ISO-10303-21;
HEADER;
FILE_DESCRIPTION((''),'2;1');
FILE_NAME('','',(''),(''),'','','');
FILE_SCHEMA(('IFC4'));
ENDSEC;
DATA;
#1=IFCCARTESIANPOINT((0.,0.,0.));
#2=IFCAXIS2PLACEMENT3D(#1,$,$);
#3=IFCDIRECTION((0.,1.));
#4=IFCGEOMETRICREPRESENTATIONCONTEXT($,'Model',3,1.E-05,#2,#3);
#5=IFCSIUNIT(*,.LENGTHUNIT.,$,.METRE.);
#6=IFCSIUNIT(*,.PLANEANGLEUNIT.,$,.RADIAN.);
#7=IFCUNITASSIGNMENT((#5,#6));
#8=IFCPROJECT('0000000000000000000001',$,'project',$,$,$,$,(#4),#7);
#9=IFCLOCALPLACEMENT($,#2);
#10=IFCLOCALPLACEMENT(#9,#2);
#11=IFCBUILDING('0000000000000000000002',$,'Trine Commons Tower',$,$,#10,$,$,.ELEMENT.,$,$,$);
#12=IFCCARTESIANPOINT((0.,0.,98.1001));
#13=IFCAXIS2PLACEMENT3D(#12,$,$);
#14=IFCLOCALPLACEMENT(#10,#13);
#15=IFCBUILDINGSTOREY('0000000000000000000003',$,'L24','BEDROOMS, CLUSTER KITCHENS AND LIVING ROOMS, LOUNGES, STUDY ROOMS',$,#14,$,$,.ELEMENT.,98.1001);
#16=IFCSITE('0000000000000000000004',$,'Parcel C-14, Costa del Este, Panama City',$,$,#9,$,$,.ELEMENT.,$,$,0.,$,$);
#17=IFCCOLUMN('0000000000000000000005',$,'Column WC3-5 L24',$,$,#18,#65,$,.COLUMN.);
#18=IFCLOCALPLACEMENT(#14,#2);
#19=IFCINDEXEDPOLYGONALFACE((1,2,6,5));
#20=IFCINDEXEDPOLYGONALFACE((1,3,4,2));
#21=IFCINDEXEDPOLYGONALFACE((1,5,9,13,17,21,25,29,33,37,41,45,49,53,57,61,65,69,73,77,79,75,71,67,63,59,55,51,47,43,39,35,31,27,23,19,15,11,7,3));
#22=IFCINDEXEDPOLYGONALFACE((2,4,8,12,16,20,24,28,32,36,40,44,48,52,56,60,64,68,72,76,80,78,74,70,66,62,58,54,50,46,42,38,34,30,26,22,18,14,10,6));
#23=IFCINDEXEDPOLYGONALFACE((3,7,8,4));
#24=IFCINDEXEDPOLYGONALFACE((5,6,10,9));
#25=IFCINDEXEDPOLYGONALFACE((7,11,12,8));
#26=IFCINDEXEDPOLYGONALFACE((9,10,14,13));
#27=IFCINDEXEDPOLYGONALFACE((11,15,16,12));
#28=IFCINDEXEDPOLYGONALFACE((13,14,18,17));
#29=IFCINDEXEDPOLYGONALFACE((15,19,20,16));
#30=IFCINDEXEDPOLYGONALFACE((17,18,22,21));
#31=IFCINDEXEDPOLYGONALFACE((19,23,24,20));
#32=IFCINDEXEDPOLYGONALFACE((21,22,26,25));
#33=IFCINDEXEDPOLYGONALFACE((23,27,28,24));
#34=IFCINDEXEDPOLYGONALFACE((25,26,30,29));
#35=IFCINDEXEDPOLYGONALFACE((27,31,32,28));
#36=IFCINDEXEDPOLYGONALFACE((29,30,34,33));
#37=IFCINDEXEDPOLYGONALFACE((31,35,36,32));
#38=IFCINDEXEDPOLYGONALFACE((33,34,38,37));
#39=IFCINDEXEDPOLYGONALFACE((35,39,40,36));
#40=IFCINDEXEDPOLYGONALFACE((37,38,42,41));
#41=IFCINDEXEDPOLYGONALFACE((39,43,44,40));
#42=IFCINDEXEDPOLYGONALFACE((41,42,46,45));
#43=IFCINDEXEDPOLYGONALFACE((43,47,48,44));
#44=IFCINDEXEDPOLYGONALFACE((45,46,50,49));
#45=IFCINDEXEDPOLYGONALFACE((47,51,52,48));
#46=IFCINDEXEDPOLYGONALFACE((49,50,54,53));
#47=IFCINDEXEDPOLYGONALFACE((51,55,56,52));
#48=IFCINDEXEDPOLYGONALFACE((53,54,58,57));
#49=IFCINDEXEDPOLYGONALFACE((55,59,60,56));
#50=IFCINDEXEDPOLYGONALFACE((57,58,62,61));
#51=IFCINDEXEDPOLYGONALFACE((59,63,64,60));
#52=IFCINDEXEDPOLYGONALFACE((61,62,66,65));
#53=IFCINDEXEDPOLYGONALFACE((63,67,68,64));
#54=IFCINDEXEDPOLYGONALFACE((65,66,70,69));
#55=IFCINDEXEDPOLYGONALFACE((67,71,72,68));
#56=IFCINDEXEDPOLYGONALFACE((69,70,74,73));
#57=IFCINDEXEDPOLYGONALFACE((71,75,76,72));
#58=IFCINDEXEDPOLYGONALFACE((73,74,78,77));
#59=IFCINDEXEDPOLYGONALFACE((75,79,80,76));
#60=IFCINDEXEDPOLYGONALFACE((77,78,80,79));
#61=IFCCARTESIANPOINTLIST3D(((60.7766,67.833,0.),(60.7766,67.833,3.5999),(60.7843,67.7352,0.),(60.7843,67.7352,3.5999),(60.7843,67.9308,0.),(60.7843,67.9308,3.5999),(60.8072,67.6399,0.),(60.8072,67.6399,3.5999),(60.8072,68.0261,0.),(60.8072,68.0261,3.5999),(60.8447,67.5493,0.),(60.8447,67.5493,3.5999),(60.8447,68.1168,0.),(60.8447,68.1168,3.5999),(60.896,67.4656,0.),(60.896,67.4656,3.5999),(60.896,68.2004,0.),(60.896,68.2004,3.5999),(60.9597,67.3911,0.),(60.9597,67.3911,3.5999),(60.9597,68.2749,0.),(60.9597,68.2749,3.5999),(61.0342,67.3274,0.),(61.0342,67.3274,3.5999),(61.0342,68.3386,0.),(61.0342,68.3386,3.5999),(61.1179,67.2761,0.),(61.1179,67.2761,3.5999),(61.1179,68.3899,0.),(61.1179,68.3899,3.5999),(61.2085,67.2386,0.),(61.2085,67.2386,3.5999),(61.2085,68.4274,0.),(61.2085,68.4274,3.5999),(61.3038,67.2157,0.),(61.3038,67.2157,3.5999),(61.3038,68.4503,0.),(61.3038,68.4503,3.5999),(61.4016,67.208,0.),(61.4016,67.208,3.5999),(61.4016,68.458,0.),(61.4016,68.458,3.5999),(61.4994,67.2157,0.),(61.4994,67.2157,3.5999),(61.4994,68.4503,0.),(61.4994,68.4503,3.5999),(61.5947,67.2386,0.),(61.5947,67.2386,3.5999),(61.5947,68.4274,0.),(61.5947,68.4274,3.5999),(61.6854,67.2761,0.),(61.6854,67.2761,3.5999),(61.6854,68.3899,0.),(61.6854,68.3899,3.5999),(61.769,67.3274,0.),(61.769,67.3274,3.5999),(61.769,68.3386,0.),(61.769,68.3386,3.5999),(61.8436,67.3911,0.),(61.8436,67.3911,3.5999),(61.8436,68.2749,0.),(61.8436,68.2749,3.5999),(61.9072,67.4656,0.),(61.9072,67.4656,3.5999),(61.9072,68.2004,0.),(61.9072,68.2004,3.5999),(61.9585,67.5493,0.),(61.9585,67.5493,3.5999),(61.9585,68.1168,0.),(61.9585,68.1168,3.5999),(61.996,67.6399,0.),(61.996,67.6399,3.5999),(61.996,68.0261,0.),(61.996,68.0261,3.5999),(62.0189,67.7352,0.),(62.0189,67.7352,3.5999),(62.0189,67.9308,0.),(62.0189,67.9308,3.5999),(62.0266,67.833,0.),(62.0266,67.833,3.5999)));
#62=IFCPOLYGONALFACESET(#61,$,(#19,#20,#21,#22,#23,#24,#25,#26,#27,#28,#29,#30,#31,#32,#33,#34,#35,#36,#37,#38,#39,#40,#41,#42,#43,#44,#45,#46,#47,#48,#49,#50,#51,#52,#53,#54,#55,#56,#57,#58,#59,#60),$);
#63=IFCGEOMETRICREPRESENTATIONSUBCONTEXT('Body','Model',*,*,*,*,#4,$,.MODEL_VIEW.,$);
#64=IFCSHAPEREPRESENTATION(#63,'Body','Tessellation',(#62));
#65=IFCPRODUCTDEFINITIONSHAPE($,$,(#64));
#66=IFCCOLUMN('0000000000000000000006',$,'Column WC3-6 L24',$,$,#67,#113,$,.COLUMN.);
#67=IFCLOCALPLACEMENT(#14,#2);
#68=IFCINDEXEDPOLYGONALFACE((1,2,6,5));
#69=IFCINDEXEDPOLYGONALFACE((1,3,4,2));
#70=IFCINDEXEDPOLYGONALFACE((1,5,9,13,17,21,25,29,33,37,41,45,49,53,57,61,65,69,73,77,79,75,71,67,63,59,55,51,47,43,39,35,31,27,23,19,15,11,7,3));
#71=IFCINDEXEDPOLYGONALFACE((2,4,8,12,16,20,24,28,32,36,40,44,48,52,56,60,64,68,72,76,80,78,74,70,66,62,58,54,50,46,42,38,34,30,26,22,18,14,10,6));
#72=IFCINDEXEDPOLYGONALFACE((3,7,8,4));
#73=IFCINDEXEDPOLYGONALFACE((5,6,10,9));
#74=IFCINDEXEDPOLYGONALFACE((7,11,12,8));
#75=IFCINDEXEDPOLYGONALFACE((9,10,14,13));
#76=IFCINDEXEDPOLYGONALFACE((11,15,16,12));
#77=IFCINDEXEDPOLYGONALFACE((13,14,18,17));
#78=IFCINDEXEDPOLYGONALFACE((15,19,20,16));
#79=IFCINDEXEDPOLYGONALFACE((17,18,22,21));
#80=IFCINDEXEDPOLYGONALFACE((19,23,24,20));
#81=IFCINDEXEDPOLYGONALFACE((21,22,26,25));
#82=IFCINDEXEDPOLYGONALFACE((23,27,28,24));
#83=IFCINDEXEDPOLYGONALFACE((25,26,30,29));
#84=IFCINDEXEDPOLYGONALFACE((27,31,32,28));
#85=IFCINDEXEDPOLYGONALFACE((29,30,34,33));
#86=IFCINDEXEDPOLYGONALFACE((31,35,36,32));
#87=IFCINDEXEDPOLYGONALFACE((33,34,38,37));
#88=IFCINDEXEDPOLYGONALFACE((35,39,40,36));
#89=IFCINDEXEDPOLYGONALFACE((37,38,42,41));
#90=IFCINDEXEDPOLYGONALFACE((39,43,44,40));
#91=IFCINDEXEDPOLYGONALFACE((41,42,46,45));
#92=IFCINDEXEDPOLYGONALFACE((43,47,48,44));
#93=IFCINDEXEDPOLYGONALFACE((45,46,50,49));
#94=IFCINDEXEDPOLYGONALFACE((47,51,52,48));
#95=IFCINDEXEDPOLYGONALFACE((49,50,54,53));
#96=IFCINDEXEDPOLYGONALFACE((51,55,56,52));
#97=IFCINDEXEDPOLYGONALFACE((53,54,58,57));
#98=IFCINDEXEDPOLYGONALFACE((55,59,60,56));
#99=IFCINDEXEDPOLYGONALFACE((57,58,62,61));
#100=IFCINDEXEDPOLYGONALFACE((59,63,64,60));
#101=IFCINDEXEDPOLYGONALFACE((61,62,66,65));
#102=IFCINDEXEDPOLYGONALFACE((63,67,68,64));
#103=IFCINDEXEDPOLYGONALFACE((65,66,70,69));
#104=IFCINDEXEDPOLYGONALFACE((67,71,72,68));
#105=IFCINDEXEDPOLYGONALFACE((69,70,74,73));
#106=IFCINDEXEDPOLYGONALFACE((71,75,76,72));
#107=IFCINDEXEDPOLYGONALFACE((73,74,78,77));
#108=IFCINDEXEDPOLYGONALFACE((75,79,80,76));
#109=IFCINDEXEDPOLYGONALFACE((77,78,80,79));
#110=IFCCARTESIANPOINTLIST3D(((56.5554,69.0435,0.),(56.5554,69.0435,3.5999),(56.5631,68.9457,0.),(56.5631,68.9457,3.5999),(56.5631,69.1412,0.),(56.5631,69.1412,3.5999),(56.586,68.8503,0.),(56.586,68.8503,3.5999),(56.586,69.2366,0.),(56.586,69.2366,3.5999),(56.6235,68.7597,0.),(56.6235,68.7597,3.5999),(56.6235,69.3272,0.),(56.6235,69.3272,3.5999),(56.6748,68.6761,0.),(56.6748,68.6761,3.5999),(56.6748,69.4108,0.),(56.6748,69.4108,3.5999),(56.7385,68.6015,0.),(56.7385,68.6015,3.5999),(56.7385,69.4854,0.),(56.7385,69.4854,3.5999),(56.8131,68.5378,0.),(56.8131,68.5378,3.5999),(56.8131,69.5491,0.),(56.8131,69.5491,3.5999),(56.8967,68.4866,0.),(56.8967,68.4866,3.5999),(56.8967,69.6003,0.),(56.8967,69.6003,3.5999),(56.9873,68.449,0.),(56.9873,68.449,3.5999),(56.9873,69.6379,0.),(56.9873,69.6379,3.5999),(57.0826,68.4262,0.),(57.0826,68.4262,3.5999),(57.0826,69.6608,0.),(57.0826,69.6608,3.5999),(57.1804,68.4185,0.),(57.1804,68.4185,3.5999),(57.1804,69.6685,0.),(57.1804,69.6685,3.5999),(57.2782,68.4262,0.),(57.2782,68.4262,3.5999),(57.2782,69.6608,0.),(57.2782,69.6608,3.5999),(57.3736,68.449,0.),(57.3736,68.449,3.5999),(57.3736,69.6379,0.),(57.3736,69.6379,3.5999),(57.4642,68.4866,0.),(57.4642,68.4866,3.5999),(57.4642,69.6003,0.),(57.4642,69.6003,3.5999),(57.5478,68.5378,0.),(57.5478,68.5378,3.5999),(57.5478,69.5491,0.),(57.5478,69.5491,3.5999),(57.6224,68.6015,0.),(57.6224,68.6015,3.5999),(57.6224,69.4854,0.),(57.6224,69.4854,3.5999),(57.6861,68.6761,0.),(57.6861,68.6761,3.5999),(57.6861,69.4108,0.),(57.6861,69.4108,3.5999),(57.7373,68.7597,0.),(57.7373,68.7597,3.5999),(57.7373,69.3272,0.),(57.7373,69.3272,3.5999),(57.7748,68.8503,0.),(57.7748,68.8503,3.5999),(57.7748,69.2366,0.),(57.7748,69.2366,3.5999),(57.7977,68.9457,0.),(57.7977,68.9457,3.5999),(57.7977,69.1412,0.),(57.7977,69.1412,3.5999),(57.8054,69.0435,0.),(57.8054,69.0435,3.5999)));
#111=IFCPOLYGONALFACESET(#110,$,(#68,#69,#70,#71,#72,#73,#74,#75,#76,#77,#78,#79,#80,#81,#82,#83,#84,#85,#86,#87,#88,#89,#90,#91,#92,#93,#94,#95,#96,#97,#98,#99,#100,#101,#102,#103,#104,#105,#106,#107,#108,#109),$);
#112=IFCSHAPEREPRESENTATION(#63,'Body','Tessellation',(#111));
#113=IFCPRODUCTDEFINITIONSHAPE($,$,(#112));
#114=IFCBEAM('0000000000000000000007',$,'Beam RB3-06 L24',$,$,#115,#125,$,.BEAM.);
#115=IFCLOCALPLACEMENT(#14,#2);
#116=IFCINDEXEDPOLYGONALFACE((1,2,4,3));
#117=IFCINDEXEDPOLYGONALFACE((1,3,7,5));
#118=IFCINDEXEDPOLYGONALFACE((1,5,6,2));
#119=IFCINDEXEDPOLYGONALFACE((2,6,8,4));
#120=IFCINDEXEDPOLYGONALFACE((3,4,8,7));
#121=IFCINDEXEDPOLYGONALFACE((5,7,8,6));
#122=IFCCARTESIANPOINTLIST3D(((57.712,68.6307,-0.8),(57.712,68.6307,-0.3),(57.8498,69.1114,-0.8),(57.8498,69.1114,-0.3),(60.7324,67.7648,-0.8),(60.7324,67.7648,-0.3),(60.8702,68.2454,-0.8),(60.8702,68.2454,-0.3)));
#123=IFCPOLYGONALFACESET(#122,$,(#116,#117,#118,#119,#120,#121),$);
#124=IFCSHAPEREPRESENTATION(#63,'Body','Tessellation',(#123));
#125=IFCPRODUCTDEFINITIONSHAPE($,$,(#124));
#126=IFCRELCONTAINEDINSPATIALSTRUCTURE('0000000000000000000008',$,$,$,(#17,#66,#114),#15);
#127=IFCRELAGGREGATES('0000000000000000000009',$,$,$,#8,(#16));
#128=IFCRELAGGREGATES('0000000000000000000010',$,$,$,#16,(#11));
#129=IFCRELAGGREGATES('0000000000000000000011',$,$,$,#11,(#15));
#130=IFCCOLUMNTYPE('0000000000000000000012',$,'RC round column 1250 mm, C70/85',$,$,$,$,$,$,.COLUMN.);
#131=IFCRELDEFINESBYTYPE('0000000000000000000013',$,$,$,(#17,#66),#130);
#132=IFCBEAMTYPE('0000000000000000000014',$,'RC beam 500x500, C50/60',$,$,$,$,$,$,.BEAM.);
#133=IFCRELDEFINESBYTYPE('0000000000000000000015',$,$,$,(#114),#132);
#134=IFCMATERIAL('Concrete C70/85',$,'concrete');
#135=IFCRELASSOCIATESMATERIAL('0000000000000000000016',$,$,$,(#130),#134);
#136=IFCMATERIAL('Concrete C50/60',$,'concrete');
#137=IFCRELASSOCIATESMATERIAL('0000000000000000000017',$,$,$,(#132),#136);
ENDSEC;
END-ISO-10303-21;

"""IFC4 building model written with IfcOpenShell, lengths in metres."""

from ifc_helpers import new_model, si_unit, direction, frame, origin, origin_2d, place, context, subcontext, project, spatial, rectangle, circle, extrude, material, material_profile, profile_set, type_object, element, save


model = new_model("IFC4")

# Units and contexts
model_context = context("Model", 3, precision=1e-05, world=origin(), true_north=direction((0.0, 1.0)))
body_context = subcontext(model_context, "Body", "Model", "MODEL_VIEW")
ifc_project = project(units=[si_unit("LENGTHUNIT", "METRE"), si_unit("PLANEANGLEUNIT", "RADIAN")], contexts=[model_context])

# Site, building, storey
site_placement = place(None, origin())
site = spatial("IfcSite", under=ifc_project, at=site_placement, Name="Parcel C-14, Costa del Este, Panama City", CompositionType="ELEMENT", RefElevation=0.0)
building_placement = place(site_placement, origin())
building = spatial("IfcBuilding", under=site, at=building_placement, Name="Trine Commons Tower", CompositionType="ELEMENT")
storey_placement = place(building_placement, frame((0.0, 0.0, 98.1001)))
storey = spatial("IfcBuildingStorey", under=building, at=storey_placement, Name="L24", Description="BEDROOMS, CLUSTER KITCHENS AND LIVING ROOMS, LOUNGES, STUDY ROOMS", CompositionType="ELEMENT", Elevation=98.1001)

# Columns
ifc_material_1 = material(Name="Concrete C70/85", Category="concrete")
ifc_material_profile_1 = material_profile(ifc_material_1, circle(Radius=0.625, at=origin_2d()), Name="RC round 1250")
ifc_profile_set_1 = profile_set([ifc_material_profile_1], Name="Concrete C70/85")
column_type = type_object("IfcColumnType", Name="RC round column 1250 mm, C70/85", PredefinedType="COLUMN", material=ifc_profile_set_1)
for number, where, z_axis, x_axis, name in (
    (1, (61.4016, 67.833, 0.0), (0.0, 0.0, 1.0), (1.0, 0.0, 0.0), "Column WC3-5 L24"),
    (2, (57.1804, 69.0435, 0.0), (0.0, 0.0, 1.0), (1.0, 0.0, 0.0), "Column WC3-6 L24"),
):
    element("IfcColumn", number, at=place(storey_placement, frame(where, z_axis=z_axis, x_axis=x_axis)), inside=storey, type_object=column_type, Name=name, PredefinedType="COLUMN", context=body_context, shape_type="SweptSolid", body=[
        extrude(circle(Radius=0.625, at=origin_2d()), origin(), (0.0, 0.0, 1.0), 3.5999),
    ])

# Beam
ifc_material_2 = material(Name="Concrete C50/60", Category="concrete")
ifc_material_profile_2 = material_profile(ifc_material_2, rectangle(XDim=0.5, YDim=0.5, at=origin_2d()), Name="RC 500x500")
ifc_profile_set_2 = profile_set([ifc_material_profile_2], Name="Concrete C50/60")
beam_type = type_object("IfcBeamType", Name="RC beam 500x500, C50/60", PredefinedType="BEAM", material=ifc_profile_set_2)
beam_placement = place(storey_placement, frame((60.8013, 68.0051, -0.55), z_axis=(-0.961274, 0.275593, 0.0), x_axis=(-0.275593, -0.961274, 0.0)))
element("IfcBeam", 3, at=beam_placement, inside=storey, type_object=beam_type, Name="Beam RB3-06 L24", PredefinedType="BEAM", context=body_context, shape_type="SweptSolid", body=[
    extrude(rectangle(XDim=0.5, YDim=0.5, at=origin_2d()), origin(), (0.0, 0.0, 1.0), 3.1421),
])

save(model, "model.ifc")
